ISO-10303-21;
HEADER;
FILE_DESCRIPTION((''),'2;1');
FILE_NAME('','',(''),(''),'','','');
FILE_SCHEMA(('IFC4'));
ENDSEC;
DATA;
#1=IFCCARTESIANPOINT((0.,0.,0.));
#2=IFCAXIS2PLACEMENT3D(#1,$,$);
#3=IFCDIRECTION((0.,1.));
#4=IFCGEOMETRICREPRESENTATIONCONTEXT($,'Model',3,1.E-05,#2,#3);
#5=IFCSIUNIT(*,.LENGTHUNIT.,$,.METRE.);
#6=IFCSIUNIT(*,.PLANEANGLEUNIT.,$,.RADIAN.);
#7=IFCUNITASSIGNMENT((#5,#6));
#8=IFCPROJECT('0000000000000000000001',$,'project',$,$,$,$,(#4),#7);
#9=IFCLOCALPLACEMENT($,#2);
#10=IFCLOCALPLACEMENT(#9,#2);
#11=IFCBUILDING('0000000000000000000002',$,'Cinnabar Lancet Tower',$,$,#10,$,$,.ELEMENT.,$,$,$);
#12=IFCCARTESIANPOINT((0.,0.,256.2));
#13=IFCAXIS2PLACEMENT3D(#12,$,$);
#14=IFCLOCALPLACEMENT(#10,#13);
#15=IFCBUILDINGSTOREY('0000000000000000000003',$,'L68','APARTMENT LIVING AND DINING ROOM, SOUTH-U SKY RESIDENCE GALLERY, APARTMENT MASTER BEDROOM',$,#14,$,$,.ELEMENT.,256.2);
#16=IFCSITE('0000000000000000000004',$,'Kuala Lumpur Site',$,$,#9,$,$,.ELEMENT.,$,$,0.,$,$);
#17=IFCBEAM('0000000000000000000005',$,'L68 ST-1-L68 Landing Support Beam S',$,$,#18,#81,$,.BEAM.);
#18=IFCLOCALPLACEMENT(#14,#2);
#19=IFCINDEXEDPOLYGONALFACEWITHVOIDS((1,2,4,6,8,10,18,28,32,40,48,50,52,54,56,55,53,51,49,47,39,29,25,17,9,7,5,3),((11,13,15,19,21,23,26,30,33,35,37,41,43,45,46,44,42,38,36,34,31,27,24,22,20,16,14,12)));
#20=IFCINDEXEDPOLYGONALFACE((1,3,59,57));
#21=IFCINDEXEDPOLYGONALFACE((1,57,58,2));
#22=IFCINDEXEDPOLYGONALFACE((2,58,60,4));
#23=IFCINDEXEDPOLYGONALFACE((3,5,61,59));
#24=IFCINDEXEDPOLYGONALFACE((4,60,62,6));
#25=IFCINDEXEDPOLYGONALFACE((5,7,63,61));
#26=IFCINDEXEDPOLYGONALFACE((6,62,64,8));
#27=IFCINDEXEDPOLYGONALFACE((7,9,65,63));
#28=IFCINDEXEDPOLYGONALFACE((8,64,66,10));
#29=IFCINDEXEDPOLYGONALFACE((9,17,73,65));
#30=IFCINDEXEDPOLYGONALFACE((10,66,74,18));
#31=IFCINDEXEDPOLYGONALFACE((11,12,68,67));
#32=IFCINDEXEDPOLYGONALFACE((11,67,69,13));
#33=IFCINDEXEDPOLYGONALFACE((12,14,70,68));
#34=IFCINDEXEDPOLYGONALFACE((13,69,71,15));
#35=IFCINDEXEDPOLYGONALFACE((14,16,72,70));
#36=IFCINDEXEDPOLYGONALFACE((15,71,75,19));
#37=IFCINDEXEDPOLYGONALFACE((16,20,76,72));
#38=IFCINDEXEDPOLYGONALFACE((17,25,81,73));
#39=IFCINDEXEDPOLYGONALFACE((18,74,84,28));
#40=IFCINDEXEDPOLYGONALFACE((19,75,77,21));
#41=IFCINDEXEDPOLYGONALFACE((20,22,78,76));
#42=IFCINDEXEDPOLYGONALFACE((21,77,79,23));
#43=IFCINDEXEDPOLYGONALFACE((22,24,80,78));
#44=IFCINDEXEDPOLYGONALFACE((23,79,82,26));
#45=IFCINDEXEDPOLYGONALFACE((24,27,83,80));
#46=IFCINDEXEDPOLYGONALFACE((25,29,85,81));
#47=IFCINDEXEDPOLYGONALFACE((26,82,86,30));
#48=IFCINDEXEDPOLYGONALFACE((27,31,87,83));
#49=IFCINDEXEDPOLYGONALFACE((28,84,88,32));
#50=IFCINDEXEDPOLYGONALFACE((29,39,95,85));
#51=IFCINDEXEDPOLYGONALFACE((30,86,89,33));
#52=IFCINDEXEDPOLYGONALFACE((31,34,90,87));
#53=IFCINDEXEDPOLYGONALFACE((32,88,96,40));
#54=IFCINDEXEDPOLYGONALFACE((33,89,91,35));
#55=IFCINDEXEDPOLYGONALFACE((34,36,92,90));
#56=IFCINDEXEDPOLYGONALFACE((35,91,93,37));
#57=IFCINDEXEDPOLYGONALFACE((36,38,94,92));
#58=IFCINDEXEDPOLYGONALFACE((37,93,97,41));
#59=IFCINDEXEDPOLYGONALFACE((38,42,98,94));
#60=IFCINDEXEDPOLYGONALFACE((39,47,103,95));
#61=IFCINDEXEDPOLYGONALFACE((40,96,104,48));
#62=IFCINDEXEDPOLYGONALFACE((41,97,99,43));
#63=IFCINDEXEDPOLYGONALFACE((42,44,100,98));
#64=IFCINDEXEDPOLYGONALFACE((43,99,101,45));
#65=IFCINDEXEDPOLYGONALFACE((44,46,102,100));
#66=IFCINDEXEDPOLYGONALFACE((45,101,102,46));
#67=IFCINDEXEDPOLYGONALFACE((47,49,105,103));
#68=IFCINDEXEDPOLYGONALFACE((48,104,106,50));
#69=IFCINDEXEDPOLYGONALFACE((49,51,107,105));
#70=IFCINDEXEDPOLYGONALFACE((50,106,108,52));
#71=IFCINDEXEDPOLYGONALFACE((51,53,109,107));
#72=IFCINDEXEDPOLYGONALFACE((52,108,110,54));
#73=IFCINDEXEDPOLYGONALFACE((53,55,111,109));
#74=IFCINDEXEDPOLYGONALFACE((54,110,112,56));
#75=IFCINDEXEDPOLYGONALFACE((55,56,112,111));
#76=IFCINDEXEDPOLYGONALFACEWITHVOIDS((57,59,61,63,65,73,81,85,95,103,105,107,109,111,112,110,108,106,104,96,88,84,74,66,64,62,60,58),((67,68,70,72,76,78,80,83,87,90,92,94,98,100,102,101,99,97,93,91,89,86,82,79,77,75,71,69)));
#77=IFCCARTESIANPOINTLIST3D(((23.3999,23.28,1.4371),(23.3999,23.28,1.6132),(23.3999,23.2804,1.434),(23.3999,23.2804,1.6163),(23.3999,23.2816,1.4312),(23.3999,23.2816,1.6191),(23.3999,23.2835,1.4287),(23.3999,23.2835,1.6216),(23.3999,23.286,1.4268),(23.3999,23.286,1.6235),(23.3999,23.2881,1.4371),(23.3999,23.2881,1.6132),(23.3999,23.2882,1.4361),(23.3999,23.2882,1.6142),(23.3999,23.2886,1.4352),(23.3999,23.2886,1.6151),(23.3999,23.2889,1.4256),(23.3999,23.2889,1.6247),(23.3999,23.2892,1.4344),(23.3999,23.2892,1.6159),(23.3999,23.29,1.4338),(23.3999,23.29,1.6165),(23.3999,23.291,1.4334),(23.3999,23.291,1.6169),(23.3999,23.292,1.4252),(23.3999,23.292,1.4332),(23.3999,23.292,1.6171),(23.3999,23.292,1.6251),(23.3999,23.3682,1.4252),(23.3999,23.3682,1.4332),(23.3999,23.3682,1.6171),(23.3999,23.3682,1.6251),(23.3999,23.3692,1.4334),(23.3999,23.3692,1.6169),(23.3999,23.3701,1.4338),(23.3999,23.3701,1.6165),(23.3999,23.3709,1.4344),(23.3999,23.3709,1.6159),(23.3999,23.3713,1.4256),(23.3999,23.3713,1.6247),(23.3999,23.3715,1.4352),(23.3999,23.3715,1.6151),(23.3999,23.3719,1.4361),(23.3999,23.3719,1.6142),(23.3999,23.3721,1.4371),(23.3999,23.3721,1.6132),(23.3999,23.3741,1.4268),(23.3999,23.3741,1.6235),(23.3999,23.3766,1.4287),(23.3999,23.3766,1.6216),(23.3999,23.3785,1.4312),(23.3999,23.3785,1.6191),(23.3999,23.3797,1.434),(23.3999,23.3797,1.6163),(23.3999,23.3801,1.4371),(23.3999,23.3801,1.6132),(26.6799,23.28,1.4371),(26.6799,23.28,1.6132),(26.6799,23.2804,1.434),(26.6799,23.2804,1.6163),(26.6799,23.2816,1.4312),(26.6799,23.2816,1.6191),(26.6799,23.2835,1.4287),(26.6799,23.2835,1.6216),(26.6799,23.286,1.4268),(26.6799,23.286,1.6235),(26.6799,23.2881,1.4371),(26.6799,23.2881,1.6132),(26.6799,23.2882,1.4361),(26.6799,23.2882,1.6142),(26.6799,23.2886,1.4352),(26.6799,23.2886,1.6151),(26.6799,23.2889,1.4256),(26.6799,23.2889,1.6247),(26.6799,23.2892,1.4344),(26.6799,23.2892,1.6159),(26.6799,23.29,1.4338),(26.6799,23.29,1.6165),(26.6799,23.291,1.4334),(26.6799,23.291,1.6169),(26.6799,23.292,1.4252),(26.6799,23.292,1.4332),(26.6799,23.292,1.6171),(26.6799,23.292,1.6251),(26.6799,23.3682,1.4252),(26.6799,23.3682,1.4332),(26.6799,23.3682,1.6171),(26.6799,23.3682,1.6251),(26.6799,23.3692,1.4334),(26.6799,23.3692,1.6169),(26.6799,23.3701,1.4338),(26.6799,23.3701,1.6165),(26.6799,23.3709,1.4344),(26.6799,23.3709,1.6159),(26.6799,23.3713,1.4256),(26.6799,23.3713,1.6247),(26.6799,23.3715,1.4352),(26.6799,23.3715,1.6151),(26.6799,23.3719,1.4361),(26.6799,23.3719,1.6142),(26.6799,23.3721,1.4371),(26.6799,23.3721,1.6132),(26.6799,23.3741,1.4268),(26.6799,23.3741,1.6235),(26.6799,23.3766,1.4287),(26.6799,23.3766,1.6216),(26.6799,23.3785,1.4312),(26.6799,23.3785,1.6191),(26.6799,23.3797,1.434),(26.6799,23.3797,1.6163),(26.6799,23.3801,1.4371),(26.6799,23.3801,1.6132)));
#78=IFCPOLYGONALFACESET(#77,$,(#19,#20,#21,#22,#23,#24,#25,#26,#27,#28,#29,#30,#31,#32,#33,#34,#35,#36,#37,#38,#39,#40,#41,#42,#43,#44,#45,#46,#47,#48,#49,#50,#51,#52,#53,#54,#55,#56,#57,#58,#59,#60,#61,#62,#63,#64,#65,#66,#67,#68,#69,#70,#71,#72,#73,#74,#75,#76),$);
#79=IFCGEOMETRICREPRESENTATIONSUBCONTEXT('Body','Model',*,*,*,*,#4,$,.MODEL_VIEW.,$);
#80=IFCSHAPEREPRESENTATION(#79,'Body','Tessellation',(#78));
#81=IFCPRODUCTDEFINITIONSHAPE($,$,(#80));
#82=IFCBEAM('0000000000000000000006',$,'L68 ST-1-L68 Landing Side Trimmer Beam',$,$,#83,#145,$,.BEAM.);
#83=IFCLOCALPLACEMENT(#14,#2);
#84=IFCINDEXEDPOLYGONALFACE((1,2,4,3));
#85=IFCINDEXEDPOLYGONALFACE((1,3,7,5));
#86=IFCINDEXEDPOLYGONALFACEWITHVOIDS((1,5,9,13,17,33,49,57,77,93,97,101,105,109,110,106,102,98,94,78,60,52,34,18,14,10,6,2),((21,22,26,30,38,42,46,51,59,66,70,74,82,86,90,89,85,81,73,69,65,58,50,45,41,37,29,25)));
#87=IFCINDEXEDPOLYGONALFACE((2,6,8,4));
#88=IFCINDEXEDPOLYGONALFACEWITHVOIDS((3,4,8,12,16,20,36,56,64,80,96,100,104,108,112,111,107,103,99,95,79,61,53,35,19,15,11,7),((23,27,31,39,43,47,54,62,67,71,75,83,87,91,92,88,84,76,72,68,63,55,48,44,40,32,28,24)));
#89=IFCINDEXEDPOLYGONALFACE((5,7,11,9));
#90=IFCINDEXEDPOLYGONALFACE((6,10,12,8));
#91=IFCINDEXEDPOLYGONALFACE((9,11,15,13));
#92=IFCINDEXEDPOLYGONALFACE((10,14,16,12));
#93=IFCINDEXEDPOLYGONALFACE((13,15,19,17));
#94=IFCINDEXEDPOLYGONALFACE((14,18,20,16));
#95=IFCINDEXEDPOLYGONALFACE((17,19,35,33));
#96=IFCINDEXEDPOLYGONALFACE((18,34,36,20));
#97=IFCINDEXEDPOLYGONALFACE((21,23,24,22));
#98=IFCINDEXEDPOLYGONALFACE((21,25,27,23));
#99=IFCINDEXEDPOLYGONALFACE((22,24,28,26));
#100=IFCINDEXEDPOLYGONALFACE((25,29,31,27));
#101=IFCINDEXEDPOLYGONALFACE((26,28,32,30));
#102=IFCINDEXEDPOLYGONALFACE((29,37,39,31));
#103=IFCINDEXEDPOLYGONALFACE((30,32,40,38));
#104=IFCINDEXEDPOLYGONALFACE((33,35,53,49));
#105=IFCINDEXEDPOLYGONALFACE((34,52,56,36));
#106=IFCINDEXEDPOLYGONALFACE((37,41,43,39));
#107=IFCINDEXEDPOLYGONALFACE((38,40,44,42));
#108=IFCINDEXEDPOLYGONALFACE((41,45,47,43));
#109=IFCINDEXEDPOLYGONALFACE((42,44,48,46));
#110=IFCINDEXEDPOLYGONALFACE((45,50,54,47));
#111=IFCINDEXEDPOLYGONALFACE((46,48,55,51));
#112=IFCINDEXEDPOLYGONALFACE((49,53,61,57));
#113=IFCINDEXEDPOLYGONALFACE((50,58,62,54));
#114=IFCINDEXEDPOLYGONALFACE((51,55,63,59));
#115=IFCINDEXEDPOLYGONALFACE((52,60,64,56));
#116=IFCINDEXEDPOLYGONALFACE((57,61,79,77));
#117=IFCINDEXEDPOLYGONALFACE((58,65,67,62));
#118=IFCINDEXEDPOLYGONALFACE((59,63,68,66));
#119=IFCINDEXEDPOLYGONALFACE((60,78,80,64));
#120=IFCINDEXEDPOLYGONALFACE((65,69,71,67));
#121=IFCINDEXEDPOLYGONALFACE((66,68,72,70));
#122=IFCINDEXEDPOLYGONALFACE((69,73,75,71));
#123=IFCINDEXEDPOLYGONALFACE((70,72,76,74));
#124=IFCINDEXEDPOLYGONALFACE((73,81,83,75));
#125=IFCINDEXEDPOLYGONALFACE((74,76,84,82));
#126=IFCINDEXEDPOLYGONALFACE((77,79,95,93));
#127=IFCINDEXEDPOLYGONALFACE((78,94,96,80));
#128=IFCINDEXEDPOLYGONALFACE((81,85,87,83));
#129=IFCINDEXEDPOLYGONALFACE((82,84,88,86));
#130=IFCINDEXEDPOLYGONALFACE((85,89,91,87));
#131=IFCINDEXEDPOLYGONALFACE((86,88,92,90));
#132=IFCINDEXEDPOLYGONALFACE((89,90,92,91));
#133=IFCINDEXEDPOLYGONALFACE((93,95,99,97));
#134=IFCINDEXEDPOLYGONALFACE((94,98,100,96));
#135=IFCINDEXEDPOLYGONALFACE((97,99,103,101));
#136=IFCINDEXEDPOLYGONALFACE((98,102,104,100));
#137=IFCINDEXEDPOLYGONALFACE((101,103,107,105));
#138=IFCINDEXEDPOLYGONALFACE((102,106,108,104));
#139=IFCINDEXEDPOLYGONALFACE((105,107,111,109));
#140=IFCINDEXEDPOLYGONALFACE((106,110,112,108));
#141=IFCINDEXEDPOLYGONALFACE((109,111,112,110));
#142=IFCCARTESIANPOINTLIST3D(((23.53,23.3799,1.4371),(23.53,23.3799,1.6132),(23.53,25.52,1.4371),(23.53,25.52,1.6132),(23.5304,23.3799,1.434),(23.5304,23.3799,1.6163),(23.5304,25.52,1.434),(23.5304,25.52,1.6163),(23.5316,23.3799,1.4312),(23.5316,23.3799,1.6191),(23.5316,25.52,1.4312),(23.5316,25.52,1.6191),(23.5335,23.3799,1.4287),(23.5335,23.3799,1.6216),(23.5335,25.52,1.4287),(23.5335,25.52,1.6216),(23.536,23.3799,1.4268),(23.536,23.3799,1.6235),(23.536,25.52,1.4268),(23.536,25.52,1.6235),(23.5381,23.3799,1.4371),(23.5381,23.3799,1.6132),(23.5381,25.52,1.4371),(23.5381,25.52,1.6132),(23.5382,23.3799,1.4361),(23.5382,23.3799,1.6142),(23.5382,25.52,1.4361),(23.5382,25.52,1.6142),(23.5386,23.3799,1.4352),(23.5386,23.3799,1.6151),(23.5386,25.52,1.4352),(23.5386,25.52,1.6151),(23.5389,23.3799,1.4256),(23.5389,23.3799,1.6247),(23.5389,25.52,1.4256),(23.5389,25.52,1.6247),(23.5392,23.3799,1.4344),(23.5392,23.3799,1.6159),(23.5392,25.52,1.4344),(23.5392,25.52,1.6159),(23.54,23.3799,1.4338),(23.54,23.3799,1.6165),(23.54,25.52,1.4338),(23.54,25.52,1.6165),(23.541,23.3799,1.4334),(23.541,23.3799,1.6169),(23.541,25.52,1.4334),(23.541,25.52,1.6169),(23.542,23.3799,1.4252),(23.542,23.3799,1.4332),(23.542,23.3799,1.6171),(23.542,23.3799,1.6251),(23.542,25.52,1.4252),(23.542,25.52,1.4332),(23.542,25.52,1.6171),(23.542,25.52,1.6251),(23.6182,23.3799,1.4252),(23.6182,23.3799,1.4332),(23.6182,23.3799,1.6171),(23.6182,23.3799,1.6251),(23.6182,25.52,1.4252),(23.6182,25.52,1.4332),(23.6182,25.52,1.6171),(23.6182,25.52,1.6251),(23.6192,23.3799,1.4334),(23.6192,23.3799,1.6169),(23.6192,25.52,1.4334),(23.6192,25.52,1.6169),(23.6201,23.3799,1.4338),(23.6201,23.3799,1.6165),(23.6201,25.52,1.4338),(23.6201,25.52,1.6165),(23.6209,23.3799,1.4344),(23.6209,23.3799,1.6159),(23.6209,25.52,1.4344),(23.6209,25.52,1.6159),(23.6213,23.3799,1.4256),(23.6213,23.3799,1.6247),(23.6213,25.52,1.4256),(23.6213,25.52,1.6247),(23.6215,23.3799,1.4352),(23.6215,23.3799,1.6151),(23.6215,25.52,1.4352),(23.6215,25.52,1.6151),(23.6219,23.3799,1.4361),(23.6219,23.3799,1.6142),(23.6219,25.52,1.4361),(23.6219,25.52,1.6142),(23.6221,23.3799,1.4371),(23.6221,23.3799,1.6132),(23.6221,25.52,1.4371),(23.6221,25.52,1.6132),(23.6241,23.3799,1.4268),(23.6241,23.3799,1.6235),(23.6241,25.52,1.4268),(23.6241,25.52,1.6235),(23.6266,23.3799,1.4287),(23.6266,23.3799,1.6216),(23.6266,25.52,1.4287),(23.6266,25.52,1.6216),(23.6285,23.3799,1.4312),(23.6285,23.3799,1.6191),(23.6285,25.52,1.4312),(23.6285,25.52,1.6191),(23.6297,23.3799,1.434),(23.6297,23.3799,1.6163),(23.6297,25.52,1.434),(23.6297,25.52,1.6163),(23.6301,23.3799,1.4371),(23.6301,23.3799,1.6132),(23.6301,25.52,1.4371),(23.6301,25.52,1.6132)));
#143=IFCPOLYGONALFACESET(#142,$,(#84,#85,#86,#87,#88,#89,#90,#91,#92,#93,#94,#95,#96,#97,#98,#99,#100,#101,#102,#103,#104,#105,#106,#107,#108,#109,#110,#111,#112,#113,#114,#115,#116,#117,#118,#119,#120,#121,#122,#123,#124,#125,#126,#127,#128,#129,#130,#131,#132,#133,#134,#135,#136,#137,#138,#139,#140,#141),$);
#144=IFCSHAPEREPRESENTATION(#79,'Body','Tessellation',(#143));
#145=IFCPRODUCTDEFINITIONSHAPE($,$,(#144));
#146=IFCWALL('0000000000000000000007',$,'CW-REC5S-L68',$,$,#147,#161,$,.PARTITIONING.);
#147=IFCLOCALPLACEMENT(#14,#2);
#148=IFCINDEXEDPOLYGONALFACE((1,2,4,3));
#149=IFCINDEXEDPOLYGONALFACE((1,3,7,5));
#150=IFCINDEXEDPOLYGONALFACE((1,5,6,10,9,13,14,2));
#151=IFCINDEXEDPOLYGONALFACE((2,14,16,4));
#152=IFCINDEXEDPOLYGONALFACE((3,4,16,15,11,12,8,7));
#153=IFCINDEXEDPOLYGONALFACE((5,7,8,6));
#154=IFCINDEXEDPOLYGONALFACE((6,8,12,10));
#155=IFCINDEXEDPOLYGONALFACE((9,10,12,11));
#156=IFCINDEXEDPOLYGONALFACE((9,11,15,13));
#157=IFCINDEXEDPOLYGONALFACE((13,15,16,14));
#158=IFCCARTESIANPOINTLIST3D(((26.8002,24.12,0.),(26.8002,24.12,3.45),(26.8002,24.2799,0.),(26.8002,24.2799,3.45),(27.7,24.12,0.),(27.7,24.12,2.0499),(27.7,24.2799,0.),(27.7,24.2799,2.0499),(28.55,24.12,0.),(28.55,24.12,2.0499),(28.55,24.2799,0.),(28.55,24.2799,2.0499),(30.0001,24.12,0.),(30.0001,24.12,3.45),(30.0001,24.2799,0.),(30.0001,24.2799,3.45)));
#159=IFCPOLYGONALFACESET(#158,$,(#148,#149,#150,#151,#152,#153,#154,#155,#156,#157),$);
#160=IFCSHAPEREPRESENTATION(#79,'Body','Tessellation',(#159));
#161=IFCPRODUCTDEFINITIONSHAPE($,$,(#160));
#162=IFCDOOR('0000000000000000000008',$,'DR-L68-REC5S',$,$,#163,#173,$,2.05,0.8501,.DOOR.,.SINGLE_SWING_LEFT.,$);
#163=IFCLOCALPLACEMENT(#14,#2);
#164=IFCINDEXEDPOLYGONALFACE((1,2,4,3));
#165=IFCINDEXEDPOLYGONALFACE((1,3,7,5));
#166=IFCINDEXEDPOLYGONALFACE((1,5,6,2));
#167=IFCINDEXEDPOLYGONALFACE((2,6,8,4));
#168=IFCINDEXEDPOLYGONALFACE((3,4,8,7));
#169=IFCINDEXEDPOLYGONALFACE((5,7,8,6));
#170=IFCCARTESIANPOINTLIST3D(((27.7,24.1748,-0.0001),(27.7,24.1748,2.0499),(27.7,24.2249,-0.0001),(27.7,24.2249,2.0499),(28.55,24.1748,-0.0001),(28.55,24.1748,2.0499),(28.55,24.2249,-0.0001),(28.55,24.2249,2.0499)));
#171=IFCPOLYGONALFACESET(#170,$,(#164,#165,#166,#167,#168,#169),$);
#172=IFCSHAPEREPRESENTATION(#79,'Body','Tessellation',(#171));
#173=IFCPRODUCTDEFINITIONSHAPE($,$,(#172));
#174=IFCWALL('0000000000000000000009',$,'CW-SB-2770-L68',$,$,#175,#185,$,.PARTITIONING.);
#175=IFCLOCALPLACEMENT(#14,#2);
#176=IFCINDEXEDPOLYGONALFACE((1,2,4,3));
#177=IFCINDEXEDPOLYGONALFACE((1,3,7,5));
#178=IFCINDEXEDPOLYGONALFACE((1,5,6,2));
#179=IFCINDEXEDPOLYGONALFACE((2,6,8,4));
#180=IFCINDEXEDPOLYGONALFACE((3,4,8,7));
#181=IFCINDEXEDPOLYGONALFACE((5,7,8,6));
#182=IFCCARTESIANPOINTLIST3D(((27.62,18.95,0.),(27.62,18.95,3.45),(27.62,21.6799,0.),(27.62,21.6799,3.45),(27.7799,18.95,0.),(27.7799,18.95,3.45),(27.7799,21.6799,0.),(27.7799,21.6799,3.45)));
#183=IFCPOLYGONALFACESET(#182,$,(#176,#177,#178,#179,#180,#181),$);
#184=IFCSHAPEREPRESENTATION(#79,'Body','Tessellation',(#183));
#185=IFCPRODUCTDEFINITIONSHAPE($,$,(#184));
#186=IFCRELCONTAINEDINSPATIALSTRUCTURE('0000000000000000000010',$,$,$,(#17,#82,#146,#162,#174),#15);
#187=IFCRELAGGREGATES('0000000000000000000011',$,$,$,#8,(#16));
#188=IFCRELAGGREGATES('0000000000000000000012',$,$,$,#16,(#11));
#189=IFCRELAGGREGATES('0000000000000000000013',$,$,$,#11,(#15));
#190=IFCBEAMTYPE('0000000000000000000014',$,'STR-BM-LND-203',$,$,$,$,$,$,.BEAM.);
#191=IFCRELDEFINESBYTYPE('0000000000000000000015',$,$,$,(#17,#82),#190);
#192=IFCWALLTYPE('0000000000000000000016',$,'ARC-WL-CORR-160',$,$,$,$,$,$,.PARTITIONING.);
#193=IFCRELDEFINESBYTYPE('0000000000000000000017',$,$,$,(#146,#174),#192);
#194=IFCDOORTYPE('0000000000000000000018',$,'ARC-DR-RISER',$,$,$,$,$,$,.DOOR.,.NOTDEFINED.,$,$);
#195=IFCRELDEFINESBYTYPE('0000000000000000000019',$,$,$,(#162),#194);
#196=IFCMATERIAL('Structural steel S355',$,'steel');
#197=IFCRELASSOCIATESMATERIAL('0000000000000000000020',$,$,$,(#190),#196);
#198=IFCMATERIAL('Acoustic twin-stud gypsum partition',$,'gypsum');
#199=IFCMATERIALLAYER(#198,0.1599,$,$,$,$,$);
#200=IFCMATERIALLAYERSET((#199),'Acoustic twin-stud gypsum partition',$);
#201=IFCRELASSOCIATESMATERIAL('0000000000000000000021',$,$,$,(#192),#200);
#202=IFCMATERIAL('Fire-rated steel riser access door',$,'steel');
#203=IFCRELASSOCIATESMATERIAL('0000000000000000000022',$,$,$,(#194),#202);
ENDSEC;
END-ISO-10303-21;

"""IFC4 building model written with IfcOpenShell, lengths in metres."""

from ifc_helpers import new_model, si_unit, direction, frame, frame_2d, origin, origin_2d, place, context, subcontext, project, spatial, rectangle, hollow_rectangle, extrude, material, layer, layer_set, material_profile, profile_set, type_object, element, fill, save


model = new_model("IFC4")

# Units and contexts
model_context = context("Model", 3, precision=1e-05, world=origin(), true_north=direction((0.0, 1.0)))
body_context = subcontext(model_context, "Body", "Model", "MODEL_VIEW")
ifc_project = project(units=[si_unit("LENGTHUNIT", "METRE"), si_unit("PLANEANGLEUNIT", "RADIAN")], contexts=[model_context])

# Site, building, storey
site_placement = place(None, origin())
site = spatial("IfcSite", under=ifc_project, at=site_placement, Name="Kuala Lumpur Site", CompositionType="ELEMENT", RefElevation=0.0)
building_placement = place(site_placement, origin())
building = spatial("IfcBuilding", under=site, at=building_placement, Name="Cinnabar Lancet Tower", CompositionType="ELEMENT")
storey_placement = place(building_placement, frame((0.0, 0.0, 256.2)))
storey = spatial("IfcBuildingStorey", under=building, at=storey_placement, Name="L68", Description="APARTMENT LIVING AND DINING ROOM, SOUTH-U SKY RESIDENCE GALLERY, APARTMENT MASTER BEDROOM", CompositionType="ELEMENT", Elevation=256.2)

# Beams
ifc_material_1 = material(Name="Structural steel S355", Category="steel")
ifc_material_profile_1 = material_profile(ifc_material_1, hollow_rectangle(XDim=0.1001, YDim=0.2, WallThickness=0.0081, InnerFilletRadius=0.0039, OuterFilletRadius=0.012, at=origin_2d()), Name="RHS 200x100x8")
ifc_profile_set_1 = profile_set([ifc_material_profile_1], Name="Structural steel S355")
beam_type_1 = type_object("IfcBeamType", Name="STR-BM-LND-203", PredefinedType="BEAM", material=ifc_profile_set_1)
beam_1_placement = place(storey_placement, frame((23.3999, 23.3301, 1.5251), z_axis=(1.0, 0.0, 0.0), x_axis=(0.0, 1.0, 0.0)))
element("IfcBeam", 1, at=beam_1_placement, inside=storey, type_object=beam_type_1, Name="L68 ST-1-L68 Landing Support Beam S", PredefinedType="BEAM", context=body_context, shape_type="SweptSolid", body=[
    extrude(hollow_rectangle(XDim=0.1001, YDim=0.2, WallThickness=0.0081, InnerFilletRadius=0.0039, OuterFilletRadius=0.012, at=origin_2d()), origin(), (0.0, 0.0, 1.0), 3.28),
])
beam_2_placement = place(storey_placement, frame((23.5801, 23.3799, 1.5251), z_axis=(0.0, 1.0, 0.0), x_axis=(-1.0, 0.0, 0.0)))
element("IfcBeam", 2, at=beam_2_placement, inside=storey, type_object=beam_type_1, Name="L68 ST-1-L68 Landing Side Trimmer Beam", PredefinedType="BEAM", context=body_context, shape_type="SweptSolid", body=[
    extrude(hollow_rectangle(XDim=0.1001, YDim=0.2, WallThickness=0.0081, InnerFilletRadius=0.0039, OuterFilletRadius=0.012, at=origin_2d()), origin(), (0.0, 0.0, 1.0), 2.1401),
])

# Wall, opening, door
ifc_material_2 = material(Name="Acoustic twin-stud gypsum partition", Category="gypsum")
ifc_layer_1 = layer(ifc_material_2, 0.1599)
ifc_layer_set_1 = layer_set([ifc_layer_1], Name="Acoustic twin-stud gypsum partition")
wall_type_1 = type_object("IfcWallType", Name="ARC-WL-CORR-160", PredefinedType="PARTITIONING", material=ifc_layer_set_1)
wall_1_placement = place(storey_placement, frame((26.8, 24.2, 0.0), z_axis=(0.0, 0.0, 1.0), x_axis=(1.0, 0.0, 0.0)))
wall_1 = element("IfcWall", 3, at=wall_1_placement, inside=storey, type_object=wall_type_1, Name="CW-REC5S-L68", PredefinedType="PARTITIONING", context=body_context, shape_type="SweptSolid", body=[
    extrude(rectangle(XDim=3.2, YDim=0.1599, at=frame_2d((1.6001, 0.0))), origin(), (0.0, 0.0, 1.0), 3.45),
])
opening_1_placement = place(wall_1_placement, frame((0.8999, 0.0, 0.0)))
opening_1 = element("IfcOpeningElement", 4, at=opening_1_placement, cuts=wall_1, PredefinedType="OPENING", context=body_context, shape_type="SweptSolid", body=[
    extrude(rectangle(XDim=0.8501, YDim=2.05, at=frame_2d((0.425, 1.0249))), frame((0.0, 0.0898, 0.0), z_axis=(0.0, -1.0, 0.0), x_axis=(1.0, 0.0, 0.0)), (0.0, 0.0, 1.0), 0.1799),
])
ifc_material_3 = material(Name="Fire-rated steel riser access door", Category="steel")
door_type_1 = type_object("IfcDoorType", Name="ARC-DR-RISER", OperationType="NOTDEFINED", PredefinedType="DOOR", material=ifc_material_3)
door_1_placement = place(opening_1_placement, origin())
door_1 = element("IfcDoor", 5, at=door_1_placement, inside=storey, type_object=door_type_1, Name="DR-L68-REC5S", OperationType="SINGLE_SWING_LEFT", OverallHeight=2.05, OverallWidth=0.8501, PredefinedType="DOOR", context=body_context, shape_type="SweptSolid", body=[
    extrude(rectangle(XDim=0.8501, YDim=2.05, at=frame_2d((0.425, 1.0249))), frame((0.0, 0.0249, 0.0), z_axis=(0.0, -1.0, 0.0), x_axis=(1.0, 0.0, 0.0)), (0.0, 0.0, 1.0), 0.05),
])
fill(opening_1, door_1)

# Wall
wall_2_placement = place(storey_placement, frame((27.7, 18.95, 0.0), z_axis=(0.0, 0.0, 1.0), x_axis=(0.0, 1.0, 0.0)))
element("IfcWall", 6, at=wall_2_placement, inside=storey, type_object=wall_type_1, Name="CW-SB-2770-L68", PredefinedType="PARTITIONING", context=body_context, shape_type="SweptSolid", body=[
    extrude(rectangle(XDim=2.73, YDim=0.1599, at=frame_2d((1.365, 0.0))), origin(), (0.0, 0.0, 1.0), 3.45),
])

save(model, "model.ifc")
